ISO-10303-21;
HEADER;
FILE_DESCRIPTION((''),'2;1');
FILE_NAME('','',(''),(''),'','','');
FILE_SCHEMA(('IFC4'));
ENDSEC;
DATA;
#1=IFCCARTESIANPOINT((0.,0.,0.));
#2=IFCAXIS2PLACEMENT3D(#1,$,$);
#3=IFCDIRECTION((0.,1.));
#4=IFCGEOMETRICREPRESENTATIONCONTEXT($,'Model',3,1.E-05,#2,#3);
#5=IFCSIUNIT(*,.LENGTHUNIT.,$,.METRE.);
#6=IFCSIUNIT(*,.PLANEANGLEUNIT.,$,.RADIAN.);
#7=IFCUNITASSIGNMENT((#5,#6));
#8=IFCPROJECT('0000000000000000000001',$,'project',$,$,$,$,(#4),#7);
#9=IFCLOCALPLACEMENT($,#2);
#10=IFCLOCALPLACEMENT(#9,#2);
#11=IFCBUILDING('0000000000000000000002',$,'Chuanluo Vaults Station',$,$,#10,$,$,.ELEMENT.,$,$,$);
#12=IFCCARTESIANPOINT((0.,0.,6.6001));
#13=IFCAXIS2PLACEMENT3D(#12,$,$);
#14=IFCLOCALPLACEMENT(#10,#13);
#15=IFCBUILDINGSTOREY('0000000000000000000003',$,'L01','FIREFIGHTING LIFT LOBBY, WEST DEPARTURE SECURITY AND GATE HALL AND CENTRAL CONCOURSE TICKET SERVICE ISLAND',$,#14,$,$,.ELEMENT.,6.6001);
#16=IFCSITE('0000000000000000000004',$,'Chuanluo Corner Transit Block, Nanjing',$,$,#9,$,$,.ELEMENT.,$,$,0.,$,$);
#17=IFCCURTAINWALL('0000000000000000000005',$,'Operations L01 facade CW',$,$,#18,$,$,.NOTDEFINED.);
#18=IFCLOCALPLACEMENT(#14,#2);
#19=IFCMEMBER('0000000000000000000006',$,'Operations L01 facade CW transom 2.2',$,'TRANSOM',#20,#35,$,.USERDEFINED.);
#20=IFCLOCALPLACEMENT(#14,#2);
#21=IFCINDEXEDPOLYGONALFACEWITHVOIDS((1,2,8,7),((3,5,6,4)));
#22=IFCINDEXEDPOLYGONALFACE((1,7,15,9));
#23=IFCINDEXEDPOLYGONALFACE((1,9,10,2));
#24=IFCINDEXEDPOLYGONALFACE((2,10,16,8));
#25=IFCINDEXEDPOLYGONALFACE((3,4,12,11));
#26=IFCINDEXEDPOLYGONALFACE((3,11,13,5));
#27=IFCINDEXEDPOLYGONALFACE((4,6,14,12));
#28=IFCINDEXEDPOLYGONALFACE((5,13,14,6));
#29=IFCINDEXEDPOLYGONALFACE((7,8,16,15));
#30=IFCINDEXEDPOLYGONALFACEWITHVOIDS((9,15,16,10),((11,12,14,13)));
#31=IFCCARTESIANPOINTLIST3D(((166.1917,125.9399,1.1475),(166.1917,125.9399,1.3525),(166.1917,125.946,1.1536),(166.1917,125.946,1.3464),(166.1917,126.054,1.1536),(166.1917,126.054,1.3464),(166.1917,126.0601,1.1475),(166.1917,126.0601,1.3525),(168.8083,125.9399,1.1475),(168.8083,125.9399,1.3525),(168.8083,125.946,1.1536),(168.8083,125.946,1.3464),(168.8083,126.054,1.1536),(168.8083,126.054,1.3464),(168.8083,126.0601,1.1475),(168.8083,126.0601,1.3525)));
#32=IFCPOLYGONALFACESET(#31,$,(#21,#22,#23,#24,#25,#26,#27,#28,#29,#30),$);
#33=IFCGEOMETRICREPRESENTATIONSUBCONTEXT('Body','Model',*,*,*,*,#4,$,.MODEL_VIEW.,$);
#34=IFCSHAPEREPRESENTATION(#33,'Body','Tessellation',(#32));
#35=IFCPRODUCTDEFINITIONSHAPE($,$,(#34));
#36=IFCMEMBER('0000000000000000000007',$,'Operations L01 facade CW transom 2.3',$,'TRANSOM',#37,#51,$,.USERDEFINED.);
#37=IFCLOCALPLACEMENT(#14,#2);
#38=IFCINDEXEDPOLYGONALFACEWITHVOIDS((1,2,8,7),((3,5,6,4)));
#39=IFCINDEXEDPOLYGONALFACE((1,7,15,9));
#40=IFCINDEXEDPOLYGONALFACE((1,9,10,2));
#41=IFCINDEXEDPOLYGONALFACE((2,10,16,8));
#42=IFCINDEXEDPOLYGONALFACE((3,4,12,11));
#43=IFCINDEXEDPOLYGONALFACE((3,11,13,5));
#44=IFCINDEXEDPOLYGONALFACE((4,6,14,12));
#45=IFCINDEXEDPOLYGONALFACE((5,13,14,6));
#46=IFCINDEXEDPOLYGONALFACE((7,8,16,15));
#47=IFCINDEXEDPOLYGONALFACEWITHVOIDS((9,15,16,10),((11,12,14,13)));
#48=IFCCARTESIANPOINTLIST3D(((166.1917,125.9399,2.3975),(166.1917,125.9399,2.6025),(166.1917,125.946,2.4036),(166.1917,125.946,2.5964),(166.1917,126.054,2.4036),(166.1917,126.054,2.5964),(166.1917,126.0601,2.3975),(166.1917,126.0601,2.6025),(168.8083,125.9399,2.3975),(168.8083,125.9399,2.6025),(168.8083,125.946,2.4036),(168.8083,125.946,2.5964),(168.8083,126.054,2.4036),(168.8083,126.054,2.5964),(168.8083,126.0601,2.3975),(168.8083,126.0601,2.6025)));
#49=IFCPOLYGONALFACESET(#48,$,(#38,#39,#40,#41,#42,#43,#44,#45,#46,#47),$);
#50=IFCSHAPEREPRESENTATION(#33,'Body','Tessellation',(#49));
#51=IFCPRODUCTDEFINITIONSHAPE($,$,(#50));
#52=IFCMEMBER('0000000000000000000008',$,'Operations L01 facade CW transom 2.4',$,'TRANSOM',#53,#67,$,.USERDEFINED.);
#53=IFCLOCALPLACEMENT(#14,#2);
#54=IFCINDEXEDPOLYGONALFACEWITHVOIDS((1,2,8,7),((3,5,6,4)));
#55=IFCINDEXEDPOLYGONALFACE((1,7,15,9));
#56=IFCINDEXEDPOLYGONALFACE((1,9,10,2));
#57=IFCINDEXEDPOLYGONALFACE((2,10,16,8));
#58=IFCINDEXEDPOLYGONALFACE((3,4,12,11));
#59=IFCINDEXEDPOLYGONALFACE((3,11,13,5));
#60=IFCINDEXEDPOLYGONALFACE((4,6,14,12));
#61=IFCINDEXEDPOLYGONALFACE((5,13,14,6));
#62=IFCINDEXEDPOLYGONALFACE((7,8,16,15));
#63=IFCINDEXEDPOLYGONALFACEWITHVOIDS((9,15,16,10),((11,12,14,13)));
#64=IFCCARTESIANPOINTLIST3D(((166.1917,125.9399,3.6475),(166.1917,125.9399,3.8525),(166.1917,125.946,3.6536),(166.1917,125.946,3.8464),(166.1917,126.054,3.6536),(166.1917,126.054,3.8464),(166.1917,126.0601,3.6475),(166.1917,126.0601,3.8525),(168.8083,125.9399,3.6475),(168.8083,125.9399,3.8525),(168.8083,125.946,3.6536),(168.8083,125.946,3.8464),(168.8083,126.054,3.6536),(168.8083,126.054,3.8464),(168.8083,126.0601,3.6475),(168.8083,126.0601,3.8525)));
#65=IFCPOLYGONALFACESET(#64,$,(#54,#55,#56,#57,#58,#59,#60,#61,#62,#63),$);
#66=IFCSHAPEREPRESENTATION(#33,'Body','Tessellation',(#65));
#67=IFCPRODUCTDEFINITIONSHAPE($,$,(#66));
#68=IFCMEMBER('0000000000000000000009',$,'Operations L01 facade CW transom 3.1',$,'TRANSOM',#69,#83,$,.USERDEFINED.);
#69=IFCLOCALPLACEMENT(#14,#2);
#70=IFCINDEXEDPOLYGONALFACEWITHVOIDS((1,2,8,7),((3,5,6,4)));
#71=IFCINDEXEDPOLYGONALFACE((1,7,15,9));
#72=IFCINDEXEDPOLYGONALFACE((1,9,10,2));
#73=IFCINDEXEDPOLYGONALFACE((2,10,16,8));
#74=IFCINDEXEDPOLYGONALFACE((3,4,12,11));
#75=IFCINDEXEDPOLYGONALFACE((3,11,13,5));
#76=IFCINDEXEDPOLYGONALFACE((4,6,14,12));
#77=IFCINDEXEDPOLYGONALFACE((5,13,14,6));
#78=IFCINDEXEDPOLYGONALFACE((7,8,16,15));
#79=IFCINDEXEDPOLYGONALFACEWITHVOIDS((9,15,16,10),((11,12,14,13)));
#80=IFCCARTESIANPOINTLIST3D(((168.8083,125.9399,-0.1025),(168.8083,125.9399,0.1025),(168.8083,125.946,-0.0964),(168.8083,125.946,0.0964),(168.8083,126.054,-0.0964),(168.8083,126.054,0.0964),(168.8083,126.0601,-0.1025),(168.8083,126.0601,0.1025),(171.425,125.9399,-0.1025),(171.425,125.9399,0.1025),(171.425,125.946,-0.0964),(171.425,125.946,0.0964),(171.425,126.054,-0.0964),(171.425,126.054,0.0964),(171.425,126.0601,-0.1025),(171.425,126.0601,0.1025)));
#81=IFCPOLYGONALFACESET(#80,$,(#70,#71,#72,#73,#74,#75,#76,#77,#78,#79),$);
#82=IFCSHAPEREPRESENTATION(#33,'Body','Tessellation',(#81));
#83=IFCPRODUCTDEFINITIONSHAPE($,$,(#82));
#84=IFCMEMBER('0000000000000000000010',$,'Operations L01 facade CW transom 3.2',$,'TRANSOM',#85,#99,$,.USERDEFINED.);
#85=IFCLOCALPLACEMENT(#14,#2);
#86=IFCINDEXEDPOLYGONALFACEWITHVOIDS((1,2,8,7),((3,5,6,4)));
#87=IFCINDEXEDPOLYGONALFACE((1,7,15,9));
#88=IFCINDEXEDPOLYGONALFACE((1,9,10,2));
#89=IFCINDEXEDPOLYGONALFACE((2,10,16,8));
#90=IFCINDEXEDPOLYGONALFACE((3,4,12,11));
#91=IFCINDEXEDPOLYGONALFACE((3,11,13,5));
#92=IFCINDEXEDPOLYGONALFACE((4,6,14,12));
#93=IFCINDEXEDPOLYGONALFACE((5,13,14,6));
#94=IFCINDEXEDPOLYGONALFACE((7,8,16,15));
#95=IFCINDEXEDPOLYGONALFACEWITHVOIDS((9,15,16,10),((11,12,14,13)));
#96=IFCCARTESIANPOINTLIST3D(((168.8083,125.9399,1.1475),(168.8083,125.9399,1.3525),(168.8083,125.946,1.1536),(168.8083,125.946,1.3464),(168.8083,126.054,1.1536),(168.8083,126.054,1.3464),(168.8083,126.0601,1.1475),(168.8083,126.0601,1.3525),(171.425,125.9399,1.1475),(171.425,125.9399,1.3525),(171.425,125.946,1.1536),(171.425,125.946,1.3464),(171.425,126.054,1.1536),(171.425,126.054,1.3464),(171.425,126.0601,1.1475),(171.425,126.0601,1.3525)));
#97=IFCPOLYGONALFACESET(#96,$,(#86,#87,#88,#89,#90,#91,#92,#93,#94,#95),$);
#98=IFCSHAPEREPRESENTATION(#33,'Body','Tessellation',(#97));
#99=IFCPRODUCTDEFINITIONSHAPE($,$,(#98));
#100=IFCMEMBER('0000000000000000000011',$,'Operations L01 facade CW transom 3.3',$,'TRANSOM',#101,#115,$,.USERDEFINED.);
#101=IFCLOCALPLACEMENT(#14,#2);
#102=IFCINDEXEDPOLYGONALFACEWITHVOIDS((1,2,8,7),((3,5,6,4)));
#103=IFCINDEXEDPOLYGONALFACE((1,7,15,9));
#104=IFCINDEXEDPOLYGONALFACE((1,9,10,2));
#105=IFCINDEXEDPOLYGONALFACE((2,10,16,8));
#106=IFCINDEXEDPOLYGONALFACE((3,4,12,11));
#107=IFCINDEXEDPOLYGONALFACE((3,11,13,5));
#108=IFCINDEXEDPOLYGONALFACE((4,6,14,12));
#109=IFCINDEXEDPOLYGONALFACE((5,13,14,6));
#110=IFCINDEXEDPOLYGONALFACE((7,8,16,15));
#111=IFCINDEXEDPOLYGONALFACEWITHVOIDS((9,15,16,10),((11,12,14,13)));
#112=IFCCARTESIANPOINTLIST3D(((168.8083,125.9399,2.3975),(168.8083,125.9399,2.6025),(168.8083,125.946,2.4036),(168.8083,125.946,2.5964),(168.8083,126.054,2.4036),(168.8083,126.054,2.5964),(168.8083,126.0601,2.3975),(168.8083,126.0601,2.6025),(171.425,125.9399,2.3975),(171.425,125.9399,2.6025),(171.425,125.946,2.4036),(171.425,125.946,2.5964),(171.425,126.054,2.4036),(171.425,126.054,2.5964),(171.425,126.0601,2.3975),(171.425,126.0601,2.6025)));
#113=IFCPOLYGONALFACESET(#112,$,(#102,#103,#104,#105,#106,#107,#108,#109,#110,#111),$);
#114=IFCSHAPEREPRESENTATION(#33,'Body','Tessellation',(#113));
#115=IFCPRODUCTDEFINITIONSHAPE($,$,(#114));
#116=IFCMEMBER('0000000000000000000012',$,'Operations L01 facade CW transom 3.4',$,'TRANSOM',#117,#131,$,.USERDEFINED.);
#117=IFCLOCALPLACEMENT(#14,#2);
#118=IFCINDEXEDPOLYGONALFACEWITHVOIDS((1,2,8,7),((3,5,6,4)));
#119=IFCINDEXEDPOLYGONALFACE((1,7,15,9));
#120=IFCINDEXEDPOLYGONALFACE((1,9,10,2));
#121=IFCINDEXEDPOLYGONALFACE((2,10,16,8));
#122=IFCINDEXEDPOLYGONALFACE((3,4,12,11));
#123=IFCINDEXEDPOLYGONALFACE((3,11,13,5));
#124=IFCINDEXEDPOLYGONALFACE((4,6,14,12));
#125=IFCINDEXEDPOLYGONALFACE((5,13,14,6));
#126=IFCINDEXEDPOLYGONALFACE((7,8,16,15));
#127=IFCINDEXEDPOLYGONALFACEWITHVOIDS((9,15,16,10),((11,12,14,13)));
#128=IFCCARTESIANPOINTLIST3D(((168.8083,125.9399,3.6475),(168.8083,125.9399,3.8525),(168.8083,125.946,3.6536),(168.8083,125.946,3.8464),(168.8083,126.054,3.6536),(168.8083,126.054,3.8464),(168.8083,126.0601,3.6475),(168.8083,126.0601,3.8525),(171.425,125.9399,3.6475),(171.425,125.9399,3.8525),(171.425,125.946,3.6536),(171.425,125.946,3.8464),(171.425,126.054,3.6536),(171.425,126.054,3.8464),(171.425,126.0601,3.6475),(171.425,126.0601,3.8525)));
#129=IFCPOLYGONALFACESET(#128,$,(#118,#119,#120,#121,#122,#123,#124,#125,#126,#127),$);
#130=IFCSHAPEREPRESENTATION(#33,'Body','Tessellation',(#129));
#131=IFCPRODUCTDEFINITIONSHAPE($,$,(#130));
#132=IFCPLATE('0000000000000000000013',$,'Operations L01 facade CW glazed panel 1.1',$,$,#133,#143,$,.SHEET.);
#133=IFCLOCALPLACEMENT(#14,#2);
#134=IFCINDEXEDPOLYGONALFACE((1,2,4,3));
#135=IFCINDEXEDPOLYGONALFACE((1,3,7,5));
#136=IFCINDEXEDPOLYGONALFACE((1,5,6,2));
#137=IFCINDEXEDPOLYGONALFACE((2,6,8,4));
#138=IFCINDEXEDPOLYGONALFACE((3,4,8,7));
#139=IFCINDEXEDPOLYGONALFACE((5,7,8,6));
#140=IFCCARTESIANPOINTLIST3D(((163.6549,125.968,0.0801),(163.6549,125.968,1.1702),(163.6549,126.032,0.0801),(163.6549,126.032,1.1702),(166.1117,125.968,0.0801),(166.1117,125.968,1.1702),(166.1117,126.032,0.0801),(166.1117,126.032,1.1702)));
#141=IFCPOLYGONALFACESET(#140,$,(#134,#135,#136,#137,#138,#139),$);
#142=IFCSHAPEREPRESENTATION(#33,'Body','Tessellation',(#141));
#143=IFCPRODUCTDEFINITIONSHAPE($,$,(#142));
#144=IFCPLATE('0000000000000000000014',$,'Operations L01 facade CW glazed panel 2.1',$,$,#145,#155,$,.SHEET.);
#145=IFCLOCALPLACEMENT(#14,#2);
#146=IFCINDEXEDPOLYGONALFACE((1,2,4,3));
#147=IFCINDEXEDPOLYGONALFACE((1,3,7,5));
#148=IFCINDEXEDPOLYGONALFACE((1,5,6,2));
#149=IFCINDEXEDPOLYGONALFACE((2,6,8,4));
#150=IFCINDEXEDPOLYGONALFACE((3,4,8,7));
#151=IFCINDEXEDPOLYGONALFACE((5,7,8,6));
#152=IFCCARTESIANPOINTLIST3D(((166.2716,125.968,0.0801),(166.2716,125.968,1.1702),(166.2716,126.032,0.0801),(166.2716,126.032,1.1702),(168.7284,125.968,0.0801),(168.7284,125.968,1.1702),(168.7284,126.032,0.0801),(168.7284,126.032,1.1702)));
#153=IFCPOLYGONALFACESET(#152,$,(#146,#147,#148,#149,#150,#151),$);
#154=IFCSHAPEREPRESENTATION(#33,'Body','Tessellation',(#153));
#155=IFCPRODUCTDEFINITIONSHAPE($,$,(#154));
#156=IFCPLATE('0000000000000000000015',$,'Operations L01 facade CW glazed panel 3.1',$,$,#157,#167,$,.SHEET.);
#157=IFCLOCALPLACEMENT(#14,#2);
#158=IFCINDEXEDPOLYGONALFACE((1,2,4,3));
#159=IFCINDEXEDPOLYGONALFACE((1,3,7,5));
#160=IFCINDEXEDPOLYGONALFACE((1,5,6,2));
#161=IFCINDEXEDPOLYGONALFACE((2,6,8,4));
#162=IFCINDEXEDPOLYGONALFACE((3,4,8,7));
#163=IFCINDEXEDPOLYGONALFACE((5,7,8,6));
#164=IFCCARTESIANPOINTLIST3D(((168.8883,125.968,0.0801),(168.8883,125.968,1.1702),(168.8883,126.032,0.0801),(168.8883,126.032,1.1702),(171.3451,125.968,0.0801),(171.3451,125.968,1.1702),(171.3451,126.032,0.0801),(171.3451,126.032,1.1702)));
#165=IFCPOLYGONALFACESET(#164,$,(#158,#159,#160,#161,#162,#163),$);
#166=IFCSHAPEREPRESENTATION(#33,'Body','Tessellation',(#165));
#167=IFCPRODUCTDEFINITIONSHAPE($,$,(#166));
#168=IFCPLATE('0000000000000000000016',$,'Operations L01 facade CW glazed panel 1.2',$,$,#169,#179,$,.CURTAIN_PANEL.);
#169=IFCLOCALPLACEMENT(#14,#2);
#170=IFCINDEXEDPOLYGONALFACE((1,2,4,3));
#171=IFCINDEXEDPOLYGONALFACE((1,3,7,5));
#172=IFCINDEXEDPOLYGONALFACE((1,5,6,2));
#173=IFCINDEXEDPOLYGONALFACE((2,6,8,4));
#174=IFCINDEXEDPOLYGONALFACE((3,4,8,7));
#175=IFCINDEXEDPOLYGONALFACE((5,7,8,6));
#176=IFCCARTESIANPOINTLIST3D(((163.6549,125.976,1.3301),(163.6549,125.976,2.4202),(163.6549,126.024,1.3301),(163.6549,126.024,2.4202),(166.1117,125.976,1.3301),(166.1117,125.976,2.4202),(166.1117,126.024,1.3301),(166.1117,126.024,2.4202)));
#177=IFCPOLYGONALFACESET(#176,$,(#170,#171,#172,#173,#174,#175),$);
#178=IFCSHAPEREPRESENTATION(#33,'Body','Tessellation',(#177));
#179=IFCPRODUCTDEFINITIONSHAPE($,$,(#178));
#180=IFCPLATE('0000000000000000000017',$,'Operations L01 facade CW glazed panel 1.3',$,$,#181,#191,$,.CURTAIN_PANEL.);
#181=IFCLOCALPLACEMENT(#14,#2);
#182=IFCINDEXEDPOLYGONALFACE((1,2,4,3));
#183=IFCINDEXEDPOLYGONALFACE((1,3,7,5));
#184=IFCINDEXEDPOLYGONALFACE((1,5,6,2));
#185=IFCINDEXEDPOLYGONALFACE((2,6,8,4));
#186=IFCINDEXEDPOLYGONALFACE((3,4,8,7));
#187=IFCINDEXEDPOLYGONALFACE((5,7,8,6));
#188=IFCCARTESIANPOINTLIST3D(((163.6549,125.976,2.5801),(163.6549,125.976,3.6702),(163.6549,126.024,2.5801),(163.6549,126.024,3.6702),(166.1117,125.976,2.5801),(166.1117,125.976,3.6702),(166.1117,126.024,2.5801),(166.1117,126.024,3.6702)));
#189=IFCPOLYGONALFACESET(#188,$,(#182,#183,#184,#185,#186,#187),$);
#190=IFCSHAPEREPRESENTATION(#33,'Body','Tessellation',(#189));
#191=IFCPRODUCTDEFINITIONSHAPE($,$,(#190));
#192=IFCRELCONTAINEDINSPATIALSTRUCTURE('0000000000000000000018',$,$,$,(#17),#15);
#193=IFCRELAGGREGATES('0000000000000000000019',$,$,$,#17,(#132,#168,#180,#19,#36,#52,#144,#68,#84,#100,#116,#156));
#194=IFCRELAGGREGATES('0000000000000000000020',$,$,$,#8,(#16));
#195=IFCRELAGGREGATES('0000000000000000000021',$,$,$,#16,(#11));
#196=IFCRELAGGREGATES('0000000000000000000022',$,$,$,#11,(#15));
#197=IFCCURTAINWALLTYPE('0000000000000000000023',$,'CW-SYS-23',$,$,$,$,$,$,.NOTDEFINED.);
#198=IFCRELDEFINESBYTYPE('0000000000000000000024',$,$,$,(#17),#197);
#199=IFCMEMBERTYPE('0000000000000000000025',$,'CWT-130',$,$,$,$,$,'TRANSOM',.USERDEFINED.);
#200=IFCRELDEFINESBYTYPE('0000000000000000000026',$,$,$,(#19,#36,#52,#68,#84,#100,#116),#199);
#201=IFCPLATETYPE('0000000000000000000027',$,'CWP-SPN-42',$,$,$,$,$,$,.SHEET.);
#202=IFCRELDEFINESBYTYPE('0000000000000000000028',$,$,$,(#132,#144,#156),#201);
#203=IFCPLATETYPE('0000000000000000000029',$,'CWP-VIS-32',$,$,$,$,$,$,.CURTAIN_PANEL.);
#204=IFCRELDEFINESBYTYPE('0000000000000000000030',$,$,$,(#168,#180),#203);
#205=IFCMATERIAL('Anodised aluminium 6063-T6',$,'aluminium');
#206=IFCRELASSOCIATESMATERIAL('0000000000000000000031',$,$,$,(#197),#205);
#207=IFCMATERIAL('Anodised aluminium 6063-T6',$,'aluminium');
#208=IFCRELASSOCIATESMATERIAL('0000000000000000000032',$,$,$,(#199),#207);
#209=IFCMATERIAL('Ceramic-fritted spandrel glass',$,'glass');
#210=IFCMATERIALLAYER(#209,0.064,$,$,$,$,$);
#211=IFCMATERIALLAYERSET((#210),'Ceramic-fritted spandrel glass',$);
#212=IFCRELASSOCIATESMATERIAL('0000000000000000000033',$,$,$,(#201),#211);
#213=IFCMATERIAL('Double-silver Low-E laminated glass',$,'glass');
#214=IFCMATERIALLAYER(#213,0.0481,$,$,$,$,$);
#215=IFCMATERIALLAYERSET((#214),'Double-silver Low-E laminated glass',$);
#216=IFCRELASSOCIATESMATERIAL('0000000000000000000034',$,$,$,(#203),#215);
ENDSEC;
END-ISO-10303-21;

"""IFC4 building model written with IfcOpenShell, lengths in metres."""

from ifc_helpers import new_model, si_unit, direction, frame, origin, origin_2d, place, context, subcontext, project, spatial, rectangle, hollow_rectangle, extrude, material, layer, layer_set, material_profile, profile_set, type_object, element, aggregate, save


model = new_model("IFC4")

# Units and contexts
model_context = context("Model", 3, precision=1e-05, world=origin(), true_north=direction((0.0, 1.0)))
body_context = subcontext(model_context, "Body", "Model", "MODEL_VIEW")
ifc_project = project(units=[si_unit("LENGTHUNIT", "METRE"), si_unit("PLANEANGLEUNIT", "RADIAN")], contexts=[model_context])

# Site, building, storey
site_placement = place(None, origin())
site = spatial("IfcSite", under=ifc_project, at=site_placement, Name="Chuanluo Corner Transit Block, Nanjing", CompositionType="ELEMENT", RefElevation=0.0)
building_placement = place(site_placement, origin())
building = spatial("IfcBuilding", under=site, at=building_placement, Name="Chuanluo Vaults Station", CompositionType="ELEMENT")
storey_placement = place(building_placement, frame((0.0, 0.0, 6.6001)))
storey = spatial("IfcBuildingStorey", under=building, at=storey_placement, Name="L01", Description="FIREFIGHTING LIFT LOBBY, WEST DEPARTURE SECURITY AND GATE HALL AND CENTRAL CONCOURSE TICKET SERVICE ISLAND", CompositionType="ELEMENT", Elevation=6.6001)

# Curtain wall, members, plates
ifc_material_1 = material(Name="Anodised aluminium 6063-T6", Category="aluminium")
curtain_wall_type = type_object("IfcCurtainWallType", Name="CW-SYS-23", PredefinedType="NOTDEFINED", material=ifc_material_1)
curtain_wall_placement = place(storey_placement, origin())
curtain_wall = element("IfcCurtainWall", 1, at=curtain_wall_placement, inside=storey, type_object=curtain_wall_type, Name="Operations L01 facade CW", PredefinedType="NOTDEFINED")
ifc_material_2 = material(Name="Anodised aluminium 6063-T6", Category="aluminium")
ifc_material_profile_1 = material_profile(ifc_material_2, hollow_rectangle(XDim=0.1201, YDim=0.2051, WallThickness=0.0061, at=origin_2d()))
ifc_profile_set_1 = profile_set([ifc_material_profile_1], Name="Anodised aluminium 6063-T6")
member_type_1 = type_object("IfcMemberType", Name="CWT-130", ElementType="TRANSOM", PredefinedType="USERDEFINED", material=ifc_profile_set_1)
member_1_placement = place(storey_placement, frame((166.1917, 126.0, 1.25), z_axis=(1.0, 0.0, 0.0), x_axis=(0.0, 1.0, 0.0)))
member_1 = element("IfcMember", 2, at=member_1_placement, type_object=member_type_1, Name="Operations L01 facade CW transom 2.2", ObjectType="TRANSOM", PredefinedType="USERDEFINED", context=body_context, shape_type="SweptSolid", body=[
    extrude(hollow_rectangle(XDim=0.1201, YDim=0.2051, WallThickness=0.0061, at=origin_2d()), origin(), (0.0, 0.0, 1.0), 2.6167),
])
member_2_placement = place(storey_placement, frame((166.1917, 126.0, 2.5), z_axis=(1.0, 0.0, 0.0), x_axis=(0.0, 1.0, 0.0)))
member_2 = element("IfcMember", 3, at=member_2_placement, type_object=member_type_1, Name="Operations L01 facade CW transom 2.3", ObjectType="TRANSOM", PredefinedType="USERDEFINED", context=body_context, shape_type="SweptSolid", body=[
    extrude(hollow_rectangle(XDim=0.1201, YDim=0.2051, WallThickness=0.0061, at=origin_2d()), origin(), (0.0, 0.0, 1.0), 2.6167),
])
member_3_placement = place(storey_placement, frame((166.1917, 126.0, 3.75), z_axis=(1.0, 0.0, 0.0), x_axis=(0.0, 1.0, 0.0)))
member_3 = element("IfcMember", 4, at=member_3_placement, type_object=member_type_1, Name="Operations L01 facade CW transom 2.4", ObjectType="TRANSOM", PredefinedType="USERDEFINED", context=body_context, shape_type="SweptSolid", body=[
    extrude(hollow_rectangle(XDim=0.1201, YDim=0.2051, WallThickness=0.0061, at=origin_2d()), origin(), (0.0, 0.0, 1.0), 2.6167),
])
member_4_placement = place(storey_placement, frame((168.8083, 126.0, 0.0), z_axis=(1.0, 0.0, 0.0), x_axis=(0.0, 1.0, 0.0)))
member_4 = element("IfcMember", 5, at=member_4_placement, type_object=member_type_1, Name="Operations L01 facade CW transom 3.1", ObjectType="TRANSOM", PredefinedType="USERDEFINED", context=body_context, shape_type="SweptSolid", body=[
    extrude(hollow_rectangle(XDim=0.1201, YDim=0.2051, WallThickness=0.0061, at=origin_2d()), origin(), (0.0, 0.0, 1.0), 2.6167),
])
member_5_placement = place(storey_placement, frame((168.8083, 126.0, 1.25), z_axis=(1.0, 0.0, 0.0), x_axis=(0.0, 1.0, 0.0)))
member_5 = element("IfcMember", 6, at=member_5_placement, type_object=member_type_1, Name="Operations L01 facade CW transom 3.2", ObjectType="TRANSOM", PredefinedType="USERDEFINED", context=body_context, shape_type="SweptSolid", body=[
    extrude(hollow_rectangle(XDim=0.1201, YDim=0.2051, WallThickness=0.0061, at=origin_2d()), origin(), (0.0, 0.0, 1.0), 2.6167),
])
member_6_placement = place(storey_placement, frame((168.8083, 126.0, 2.5), z_axis=(1.0, 0.0, 0.0), x_axis=(0.0, 1.0, 0.0)))
member_6 = element("IfcMember", 7, at=member_6_placement, type_object=member_type_1, Name="Operations L01 facade CW transom 3.3", ObjectType="TRANSOM", PredefinedType="USERDEFINED", context=body_context, shape_type="SweptSolid", body=[
    extrude(hollow_rectangle(XDim=0.1201, YDim=0.2051, WallThickness=0.0061, at=origin_2d()), origin(), (0.0, 0.0, 1.0), 2.6167),
])
member_7_placement = place(storey_placement, frame((168.8083, 126.0, 3.75), z_axis=(1.0, 0.0, 0.0), x_axis=(0.0, 1.0, 0.0)))
member_7 = element("IfcMember", 8, at=member_7_placement, type_object=member_type_1, Name="Operations L01 facade CW transom 3.4", ObjectType="TRANSOM", PredefinedType="USERDEFINED", context=body_context, shape_type="SweptSolid", body=[
    extrude(hollow_rectangle(XDim=0.1201, YDim=0.2051, WallThickness=0.0061, at=origin_2d()), origin(), (0.0, 0.0, 1.0), 2.6167),
])
ifc_material_3 = material(Name="Ceramic-fritted spandrel glass", Category="glass")
ifc_layer_1 = layer(ifc_material_3, 0.064)
ifc_layer_set_1 = layer_set([ifc_layer_1], Name="Ceramic-fritted spandrel glass")
plate_type_1 = type_object("IfcPlateType", Name="CWP-SPN-42", PredefinedType="SHEET", material=ifc_layer_set_1)
plate_1_placement = place(storey_placement, frame((164.8833, 126.0, 0.0801), z_axis=(0.0, 0.0, 1.0), x_axis=(1.0, 0.0, 0.0)))
plate_1 = element("IfcPlate", 9, at=plate_1_placement, type_object=plate_type_1, Name="Operations L01 facade CW glazed panel 1.1", PredefinedType="SHEET", context=body_context, shape_type="SweptSolid", body=[
    extrude(rectangle(XDim=2.4568, YDim=0.064, at=origin_2d()), origin(), (0.0, 0.0, 1.0), 1.0901),
])
plate_2_placement = place(storey_placement, frame((167.5, 126.0, 0.0801), z_axis=(0.0, 0.0, 1.0), x_axis=(1.0, 0.0, 0.0)))
plate_2 = element("IfcPlate", 10, at=plate_2_placement, type_object=plate_type_1, Name="Operations L01 facade CW glazed panel 2.1", PredefinedType="SHEET", context=body_context, shape_type="SweptSolid", body=[
    extrude(rectangle(XDim=2.4568, YDim=0.064, at=origin_2d()), origin(), (0.0, 0.0, 1.0), 1.0901),
])
plate_3_placement = place(storey_placement, frame((170.1167, 126.0, 0.0801), z_axis=(0.0, 0.0, 1.0), x_axis=(1.0, 0.0, 0.0)))
plate_3 = element("IfcPlate", 11, at=plate_3_placement, type_object=plate_type_1, Name="Operations L01 facade CW glazed panel 3.1", PredefinedType="SHEET", context=body_context, shape_type="SweptSolid", body=[
    extrude(rectangle(XDim=2.4568, YDim=0.064, at=origin_2d()), origin(), (0.0, 0.0, 1.0), 1.0901),
])
ifc_material_4 = material(Name="Double-silver Low-E laminated glass", Category="glass")
ifc_layer_2 = layer(ifc_material_4, 0.0481)
ifc_layer_set_2 = layer_set([ifc_layer_2], Name="Double-silver Low-E laminated glass")
plate_type_2 = type_object("IfcPlateType", Name="CWP-VIS-32", PredefinedType="CURTAIN_PANEL", material=ifc_layer_set_2)
plate_4_placement = place(storey_placement, frame((164.8833, 126.0, 1.3301), z_axis=(0.0, 0.0, 1.0), x_axis=(1.0, 0.0, 0.0)))
plate_4 = element("IfcPlate", 12, at=plate_4_placement, type_object=plate_type_2, Name="Operations L01 facade CW glazed panel 1.2", PredefinedType="CURTAIN_PANEL", context=body_context, shape_type="SweptSolid", body=[
    extrude(rectangle(XDim=2.4568, YDim=0.0481, at=origin_2d()), origin(), (0.0, 0.0, 1.0), 1.0901),
])
plate_5_placement = place(storey_placement, frame((164.8833, 126.0, 2.5801), z_axis=(0.0, 0.0, 1.0), x_axis=(1.0, 0.0, 0.0)))
plate_5 = element("IfcPlate", 13, at=plate_5_placement, type_object=plate_type_2, Name="Operations L01 facade CW glazed panel 1.3", PredefinedType="CURTAIN_PANEL", context=body_context, shape_type="SweptSolid", body=[
    extrude(rectangle(XDim=2.4568, YDim=0.0481, at=origin_2d()), origin(), (0.0, 0.0, 1.0), 1.0901),
])
aggregate(curtain_wall, [plate_1, plate_4, plate_5, member_1, member_2, member_3, plate_2, member_4, member_5, member_6, member_7, plate_3])

save(model, "model.ifc")
